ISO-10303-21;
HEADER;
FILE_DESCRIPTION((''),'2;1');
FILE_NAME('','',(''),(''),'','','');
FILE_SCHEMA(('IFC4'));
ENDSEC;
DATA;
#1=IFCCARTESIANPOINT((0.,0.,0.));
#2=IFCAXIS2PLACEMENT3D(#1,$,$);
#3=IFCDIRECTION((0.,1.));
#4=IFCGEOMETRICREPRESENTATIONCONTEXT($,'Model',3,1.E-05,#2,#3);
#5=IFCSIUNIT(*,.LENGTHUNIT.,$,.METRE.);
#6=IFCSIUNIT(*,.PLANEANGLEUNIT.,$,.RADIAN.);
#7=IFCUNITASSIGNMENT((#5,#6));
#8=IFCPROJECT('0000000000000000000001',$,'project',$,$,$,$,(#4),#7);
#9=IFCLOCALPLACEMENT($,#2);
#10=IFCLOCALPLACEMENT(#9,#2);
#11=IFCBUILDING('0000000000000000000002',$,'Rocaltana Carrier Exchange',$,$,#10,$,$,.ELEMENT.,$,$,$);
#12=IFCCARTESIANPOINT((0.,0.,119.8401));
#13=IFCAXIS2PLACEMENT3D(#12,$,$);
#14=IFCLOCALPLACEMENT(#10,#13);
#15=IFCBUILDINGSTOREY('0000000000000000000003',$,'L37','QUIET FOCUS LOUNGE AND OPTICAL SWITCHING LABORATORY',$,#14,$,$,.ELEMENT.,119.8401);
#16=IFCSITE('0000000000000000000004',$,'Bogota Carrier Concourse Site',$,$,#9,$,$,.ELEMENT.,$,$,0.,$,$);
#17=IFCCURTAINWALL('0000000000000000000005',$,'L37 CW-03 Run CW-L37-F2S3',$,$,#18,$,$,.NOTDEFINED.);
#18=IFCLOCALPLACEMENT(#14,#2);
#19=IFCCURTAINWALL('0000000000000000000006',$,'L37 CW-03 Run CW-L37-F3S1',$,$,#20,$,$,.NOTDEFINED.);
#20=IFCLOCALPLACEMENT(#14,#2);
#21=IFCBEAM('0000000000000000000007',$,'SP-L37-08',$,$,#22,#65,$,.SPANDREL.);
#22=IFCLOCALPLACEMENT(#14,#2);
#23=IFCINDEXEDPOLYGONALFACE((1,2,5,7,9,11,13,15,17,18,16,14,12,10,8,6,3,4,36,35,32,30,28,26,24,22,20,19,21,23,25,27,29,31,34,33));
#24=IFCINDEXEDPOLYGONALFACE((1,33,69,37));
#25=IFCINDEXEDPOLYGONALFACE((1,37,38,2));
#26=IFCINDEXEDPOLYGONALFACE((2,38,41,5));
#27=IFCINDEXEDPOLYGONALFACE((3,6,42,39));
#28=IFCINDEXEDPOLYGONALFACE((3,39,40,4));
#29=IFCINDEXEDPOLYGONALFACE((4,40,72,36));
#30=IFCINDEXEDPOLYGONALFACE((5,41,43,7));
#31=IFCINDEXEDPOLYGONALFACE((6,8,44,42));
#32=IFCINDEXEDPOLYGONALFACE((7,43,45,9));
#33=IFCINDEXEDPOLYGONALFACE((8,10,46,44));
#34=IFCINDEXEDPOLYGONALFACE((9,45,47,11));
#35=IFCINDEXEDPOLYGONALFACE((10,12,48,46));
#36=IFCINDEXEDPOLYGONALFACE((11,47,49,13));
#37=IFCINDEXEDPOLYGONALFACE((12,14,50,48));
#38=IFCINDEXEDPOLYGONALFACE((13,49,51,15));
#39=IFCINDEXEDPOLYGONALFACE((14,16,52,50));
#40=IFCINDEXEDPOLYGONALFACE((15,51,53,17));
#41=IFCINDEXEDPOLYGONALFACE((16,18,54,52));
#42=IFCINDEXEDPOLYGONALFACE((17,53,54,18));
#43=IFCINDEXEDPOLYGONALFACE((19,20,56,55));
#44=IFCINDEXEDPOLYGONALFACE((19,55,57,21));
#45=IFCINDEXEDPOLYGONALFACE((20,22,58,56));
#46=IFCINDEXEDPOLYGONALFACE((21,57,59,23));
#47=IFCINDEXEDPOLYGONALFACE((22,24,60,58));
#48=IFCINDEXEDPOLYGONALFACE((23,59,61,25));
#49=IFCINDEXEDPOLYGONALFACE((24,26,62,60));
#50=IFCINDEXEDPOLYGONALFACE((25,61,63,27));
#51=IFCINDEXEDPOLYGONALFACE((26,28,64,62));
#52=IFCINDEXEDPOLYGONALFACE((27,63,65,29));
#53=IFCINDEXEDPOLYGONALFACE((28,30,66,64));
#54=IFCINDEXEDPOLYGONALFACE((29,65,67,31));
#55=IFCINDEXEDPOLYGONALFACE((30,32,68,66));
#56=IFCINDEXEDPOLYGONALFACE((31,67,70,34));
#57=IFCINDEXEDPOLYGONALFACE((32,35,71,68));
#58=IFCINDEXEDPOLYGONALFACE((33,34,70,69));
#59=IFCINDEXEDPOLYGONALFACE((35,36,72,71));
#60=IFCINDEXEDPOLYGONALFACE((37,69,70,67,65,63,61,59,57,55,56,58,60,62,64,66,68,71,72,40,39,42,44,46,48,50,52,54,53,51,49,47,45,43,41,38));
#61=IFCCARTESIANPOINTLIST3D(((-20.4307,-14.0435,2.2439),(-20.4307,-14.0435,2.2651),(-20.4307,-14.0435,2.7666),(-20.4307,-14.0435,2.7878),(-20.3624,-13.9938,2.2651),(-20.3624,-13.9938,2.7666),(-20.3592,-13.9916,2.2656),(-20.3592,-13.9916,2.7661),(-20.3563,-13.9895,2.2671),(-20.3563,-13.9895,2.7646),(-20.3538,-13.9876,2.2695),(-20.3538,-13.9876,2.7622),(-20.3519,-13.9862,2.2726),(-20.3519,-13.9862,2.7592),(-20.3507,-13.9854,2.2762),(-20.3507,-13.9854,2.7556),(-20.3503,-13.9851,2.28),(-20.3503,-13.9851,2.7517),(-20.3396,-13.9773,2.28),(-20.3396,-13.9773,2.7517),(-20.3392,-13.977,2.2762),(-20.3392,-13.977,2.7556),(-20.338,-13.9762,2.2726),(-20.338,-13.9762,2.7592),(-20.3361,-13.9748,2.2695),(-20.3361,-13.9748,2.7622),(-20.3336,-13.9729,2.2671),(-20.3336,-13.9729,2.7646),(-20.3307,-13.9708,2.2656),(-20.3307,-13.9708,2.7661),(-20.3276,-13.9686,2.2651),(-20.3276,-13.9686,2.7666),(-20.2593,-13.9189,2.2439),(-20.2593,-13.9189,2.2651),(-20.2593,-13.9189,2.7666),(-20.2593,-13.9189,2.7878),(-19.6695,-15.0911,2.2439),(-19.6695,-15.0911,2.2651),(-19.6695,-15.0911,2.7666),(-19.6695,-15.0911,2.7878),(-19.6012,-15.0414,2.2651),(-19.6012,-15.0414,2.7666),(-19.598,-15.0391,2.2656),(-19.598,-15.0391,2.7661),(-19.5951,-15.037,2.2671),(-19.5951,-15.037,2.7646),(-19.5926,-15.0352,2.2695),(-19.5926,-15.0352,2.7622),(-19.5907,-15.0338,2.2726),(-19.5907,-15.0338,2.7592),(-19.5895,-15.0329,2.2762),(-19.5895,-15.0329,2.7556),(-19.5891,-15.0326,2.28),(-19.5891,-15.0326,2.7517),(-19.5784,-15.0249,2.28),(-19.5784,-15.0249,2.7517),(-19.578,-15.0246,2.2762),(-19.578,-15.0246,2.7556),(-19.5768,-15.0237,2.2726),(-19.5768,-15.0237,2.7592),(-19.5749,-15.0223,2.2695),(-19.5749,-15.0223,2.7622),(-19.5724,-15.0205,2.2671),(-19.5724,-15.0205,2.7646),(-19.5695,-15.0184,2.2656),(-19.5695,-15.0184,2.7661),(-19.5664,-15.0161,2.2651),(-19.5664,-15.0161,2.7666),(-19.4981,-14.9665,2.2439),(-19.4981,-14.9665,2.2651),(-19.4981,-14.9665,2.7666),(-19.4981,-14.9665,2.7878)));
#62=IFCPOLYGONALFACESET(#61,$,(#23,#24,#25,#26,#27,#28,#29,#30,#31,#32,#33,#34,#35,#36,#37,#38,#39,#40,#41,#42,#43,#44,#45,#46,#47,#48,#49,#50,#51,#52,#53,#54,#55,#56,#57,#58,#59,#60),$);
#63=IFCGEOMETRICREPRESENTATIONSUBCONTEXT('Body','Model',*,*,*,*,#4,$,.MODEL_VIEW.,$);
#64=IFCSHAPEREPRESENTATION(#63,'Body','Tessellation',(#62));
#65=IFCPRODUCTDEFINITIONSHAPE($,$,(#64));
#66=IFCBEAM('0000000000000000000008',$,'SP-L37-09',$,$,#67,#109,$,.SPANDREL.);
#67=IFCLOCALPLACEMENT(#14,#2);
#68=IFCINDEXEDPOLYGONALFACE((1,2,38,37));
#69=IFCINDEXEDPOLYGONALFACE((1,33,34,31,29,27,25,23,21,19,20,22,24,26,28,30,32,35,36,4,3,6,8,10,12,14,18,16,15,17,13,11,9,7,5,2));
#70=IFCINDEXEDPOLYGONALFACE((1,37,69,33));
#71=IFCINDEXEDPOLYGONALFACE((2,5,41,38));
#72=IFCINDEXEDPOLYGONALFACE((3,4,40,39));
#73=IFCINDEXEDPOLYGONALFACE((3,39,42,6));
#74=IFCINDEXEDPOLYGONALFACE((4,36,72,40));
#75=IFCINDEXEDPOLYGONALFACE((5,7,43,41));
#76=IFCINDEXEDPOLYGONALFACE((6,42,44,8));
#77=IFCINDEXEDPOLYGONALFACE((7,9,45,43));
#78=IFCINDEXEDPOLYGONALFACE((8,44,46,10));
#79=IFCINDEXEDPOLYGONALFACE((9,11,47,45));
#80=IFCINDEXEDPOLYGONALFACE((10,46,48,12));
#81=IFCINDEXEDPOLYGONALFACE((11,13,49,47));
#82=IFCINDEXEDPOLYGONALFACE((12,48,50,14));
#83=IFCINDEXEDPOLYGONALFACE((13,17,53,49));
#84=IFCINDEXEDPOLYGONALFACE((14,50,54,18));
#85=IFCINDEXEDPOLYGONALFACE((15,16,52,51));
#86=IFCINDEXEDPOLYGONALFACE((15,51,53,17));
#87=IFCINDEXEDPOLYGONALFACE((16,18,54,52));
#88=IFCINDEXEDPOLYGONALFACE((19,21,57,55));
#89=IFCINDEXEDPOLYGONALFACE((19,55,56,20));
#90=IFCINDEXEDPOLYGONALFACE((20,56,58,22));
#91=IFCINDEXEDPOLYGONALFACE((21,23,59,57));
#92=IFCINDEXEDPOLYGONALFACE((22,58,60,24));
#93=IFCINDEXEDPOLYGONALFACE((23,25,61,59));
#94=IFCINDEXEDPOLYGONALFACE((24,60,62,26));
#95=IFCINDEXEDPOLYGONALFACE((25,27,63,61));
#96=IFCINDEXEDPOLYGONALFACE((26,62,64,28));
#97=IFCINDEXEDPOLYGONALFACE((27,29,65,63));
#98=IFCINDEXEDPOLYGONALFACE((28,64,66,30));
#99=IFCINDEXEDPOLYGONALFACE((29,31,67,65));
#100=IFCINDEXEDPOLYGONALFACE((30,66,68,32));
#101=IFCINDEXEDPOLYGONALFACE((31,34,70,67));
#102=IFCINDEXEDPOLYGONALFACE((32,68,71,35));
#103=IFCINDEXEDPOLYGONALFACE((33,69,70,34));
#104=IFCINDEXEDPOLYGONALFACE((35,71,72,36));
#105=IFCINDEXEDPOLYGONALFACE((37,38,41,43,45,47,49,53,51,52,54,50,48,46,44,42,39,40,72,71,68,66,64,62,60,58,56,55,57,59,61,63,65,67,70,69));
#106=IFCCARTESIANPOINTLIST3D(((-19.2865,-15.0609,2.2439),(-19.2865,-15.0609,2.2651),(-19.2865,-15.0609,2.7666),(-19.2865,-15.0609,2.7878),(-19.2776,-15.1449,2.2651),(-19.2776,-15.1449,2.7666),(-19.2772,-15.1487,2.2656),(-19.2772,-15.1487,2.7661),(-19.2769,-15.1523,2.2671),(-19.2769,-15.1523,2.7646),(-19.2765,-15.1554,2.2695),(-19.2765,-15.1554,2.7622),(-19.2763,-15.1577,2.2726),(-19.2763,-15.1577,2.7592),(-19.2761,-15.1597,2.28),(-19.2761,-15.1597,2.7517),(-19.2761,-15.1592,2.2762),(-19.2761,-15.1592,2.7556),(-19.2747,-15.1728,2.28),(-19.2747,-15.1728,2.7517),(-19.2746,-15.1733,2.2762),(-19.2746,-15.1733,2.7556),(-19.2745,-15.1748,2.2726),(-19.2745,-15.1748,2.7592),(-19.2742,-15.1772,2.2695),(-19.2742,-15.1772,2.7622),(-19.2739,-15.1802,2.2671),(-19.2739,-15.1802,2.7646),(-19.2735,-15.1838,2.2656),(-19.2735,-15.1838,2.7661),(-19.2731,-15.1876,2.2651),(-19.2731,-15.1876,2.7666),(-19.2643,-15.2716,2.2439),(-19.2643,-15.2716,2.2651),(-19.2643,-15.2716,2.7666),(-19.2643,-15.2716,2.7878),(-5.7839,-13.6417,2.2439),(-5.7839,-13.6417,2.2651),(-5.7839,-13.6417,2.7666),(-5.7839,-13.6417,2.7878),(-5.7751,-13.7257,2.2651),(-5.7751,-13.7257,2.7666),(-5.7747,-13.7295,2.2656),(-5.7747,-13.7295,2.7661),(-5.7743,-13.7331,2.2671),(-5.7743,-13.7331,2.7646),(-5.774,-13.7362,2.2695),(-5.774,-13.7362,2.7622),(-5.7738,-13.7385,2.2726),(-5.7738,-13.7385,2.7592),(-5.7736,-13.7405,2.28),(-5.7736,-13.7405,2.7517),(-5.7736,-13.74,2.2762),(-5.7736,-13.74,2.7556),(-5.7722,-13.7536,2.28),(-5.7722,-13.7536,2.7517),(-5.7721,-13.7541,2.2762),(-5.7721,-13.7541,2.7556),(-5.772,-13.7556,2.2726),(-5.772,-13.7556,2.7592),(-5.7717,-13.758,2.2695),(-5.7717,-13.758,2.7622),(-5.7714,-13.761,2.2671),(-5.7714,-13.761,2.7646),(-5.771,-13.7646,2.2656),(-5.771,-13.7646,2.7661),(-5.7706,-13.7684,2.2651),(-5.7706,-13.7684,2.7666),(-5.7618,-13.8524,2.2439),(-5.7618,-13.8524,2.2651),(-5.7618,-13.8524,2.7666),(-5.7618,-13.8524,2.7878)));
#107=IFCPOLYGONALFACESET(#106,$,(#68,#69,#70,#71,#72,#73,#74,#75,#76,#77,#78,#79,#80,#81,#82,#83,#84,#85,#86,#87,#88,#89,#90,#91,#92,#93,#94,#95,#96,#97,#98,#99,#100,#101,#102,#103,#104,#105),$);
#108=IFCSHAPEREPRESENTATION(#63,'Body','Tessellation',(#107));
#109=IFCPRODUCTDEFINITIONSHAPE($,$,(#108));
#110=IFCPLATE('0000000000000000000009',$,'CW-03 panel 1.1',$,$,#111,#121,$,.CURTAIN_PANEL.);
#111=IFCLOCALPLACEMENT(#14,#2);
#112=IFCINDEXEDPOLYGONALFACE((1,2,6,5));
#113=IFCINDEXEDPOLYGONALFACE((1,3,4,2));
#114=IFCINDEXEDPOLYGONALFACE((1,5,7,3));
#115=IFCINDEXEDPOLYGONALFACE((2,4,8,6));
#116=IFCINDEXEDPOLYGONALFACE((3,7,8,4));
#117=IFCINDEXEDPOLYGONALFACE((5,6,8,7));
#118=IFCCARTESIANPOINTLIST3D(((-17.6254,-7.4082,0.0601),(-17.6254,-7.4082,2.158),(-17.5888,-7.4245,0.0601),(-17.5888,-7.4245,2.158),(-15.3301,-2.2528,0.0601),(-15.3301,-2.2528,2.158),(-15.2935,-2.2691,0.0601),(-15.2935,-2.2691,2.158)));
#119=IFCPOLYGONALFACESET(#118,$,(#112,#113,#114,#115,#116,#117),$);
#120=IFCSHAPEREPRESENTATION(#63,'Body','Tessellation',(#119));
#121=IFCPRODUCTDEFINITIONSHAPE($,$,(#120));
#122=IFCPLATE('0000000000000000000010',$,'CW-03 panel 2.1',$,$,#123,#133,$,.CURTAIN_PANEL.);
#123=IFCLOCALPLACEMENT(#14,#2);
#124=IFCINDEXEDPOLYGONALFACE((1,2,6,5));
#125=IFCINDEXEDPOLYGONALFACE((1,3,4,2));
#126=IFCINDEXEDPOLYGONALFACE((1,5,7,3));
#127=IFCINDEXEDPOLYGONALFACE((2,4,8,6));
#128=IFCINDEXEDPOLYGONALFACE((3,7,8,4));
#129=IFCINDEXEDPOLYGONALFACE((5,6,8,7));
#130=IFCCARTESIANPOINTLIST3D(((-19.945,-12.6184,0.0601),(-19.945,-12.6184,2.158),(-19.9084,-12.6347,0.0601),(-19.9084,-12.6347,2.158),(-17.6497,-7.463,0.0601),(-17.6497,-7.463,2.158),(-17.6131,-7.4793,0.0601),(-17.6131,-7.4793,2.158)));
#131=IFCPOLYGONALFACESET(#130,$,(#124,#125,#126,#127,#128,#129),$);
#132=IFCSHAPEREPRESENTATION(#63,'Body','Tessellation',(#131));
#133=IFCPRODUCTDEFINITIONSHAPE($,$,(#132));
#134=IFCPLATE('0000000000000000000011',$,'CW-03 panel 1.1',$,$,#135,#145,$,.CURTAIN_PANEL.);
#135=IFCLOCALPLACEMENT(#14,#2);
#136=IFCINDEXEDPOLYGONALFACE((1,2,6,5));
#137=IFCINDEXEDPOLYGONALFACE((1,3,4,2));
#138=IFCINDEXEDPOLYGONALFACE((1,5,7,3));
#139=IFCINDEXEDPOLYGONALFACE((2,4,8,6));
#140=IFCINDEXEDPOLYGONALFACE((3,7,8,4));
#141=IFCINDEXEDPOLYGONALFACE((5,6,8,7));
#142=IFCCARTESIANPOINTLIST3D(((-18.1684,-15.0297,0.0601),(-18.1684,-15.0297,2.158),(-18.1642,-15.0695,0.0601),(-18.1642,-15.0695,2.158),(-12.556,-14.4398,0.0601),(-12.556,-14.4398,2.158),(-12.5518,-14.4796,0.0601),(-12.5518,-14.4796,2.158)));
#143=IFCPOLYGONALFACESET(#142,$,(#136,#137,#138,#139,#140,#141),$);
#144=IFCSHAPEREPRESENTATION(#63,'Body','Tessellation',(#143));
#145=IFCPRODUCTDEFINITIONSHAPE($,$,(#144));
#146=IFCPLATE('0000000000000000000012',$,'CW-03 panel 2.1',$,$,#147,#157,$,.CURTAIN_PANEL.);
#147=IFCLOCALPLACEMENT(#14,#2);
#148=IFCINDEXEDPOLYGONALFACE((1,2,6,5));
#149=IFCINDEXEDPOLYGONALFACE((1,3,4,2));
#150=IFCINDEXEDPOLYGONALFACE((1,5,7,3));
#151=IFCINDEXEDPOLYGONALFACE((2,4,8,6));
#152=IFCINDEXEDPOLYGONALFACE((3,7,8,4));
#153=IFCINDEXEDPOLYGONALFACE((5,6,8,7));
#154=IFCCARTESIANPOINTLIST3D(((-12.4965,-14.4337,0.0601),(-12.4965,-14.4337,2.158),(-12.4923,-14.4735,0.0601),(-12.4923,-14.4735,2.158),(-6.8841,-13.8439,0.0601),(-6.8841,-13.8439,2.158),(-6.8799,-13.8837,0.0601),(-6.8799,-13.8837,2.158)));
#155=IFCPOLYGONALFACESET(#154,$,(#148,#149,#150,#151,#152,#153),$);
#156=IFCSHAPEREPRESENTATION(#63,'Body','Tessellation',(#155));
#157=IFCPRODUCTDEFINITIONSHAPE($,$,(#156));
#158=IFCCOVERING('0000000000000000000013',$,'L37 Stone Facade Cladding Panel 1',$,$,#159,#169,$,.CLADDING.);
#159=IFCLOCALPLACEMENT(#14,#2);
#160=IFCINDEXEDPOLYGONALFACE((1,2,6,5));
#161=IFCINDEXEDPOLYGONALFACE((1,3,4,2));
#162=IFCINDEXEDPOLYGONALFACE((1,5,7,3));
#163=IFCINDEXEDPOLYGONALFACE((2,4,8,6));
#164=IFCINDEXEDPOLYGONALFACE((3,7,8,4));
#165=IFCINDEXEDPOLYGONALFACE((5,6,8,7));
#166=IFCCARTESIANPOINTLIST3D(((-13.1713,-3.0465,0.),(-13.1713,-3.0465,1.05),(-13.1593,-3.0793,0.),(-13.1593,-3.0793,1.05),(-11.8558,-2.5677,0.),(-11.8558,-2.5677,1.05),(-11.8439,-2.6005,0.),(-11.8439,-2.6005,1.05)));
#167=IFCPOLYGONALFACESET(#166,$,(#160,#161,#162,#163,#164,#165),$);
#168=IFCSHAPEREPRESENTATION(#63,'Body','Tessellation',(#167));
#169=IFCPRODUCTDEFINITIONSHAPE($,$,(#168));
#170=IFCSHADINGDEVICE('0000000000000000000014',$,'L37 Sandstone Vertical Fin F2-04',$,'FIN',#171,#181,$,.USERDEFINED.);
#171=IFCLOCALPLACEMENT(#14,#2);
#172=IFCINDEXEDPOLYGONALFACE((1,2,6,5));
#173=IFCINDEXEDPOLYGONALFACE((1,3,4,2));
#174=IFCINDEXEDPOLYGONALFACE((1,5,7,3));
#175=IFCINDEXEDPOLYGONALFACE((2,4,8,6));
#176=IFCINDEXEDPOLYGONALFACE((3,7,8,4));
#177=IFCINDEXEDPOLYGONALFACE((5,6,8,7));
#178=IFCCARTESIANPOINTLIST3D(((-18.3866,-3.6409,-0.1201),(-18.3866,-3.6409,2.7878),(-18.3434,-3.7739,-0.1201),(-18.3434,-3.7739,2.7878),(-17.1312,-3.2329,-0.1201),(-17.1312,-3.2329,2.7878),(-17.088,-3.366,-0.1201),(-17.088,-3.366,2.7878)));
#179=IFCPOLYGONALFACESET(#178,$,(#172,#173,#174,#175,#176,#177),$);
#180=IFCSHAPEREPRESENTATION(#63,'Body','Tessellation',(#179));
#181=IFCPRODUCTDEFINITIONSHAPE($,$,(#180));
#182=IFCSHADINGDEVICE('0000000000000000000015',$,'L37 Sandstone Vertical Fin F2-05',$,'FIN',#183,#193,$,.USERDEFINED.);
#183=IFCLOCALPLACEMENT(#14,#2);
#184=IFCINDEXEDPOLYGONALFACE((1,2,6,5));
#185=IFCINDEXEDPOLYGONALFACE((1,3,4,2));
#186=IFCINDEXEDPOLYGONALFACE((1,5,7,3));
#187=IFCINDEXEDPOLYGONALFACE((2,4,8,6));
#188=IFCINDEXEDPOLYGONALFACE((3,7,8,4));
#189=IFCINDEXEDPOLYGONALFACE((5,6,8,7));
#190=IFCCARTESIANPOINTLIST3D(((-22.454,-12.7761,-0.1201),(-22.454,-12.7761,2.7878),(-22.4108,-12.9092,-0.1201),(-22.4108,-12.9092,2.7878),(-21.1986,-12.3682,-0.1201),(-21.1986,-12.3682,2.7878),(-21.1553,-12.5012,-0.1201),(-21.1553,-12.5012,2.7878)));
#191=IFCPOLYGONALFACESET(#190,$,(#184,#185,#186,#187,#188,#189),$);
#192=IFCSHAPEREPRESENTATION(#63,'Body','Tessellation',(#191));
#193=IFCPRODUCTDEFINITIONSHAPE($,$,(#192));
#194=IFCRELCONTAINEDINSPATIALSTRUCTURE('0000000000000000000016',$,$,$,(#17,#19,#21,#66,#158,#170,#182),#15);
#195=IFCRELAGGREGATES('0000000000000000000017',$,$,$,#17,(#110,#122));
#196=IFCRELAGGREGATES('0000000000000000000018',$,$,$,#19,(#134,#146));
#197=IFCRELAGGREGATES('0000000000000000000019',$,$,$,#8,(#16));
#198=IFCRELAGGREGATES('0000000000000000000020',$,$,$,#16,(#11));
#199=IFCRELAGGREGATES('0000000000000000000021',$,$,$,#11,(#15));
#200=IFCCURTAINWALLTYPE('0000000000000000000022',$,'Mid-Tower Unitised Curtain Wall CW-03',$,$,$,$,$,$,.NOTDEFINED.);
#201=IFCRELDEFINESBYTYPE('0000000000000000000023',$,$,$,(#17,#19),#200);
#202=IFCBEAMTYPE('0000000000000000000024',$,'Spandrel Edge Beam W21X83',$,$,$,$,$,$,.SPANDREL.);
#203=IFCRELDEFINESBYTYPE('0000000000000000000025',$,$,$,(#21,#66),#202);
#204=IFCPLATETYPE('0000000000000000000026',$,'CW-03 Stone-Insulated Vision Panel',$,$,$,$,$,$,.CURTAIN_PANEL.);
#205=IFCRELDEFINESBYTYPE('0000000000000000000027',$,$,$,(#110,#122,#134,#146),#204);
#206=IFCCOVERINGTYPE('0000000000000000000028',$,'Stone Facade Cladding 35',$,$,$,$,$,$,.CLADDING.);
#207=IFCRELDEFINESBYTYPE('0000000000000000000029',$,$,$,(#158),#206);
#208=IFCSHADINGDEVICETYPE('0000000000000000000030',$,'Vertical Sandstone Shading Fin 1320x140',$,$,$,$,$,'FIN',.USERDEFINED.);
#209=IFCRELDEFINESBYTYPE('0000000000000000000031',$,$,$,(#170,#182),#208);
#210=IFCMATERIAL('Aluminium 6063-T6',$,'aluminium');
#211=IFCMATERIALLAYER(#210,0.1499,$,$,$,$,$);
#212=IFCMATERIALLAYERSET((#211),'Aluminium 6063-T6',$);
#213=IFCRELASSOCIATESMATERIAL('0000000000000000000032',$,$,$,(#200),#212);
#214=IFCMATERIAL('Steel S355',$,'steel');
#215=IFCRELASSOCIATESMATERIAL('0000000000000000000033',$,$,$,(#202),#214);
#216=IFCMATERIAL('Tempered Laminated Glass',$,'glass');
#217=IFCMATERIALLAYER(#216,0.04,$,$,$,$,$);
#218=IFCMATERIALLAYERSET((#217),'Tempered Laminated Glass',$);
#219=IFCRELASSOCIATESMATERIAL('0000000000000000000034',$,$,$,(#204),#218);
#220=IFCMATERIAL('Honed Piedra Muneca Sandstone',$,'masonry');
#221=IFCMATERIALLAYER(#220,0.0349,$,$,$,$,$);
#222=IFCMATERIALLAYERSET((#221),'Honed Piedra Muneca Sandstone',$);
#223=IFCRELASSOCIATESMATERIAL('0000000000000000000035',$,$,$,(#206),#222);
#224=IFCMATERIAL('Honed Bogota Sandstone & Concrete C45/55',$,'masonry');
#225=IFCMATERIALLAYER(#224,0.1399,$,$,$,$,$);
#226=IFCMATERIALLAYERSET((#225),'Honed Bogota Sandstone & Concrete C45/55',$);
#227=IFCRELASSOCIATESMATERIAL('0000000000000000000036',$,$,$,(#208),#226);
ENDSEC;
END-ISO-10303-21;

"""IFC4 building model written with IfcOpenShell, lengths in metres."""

from ifc_helpers import new_model, si_unit, direction, frame, origin, origin_2d, place, context, subcontext, project, spatial, rectangle, i_section, extrude, material, layer, layer_set, material_profile, profile_set, type_object, element, aggregate, save


model = new_model("IFC4")

# Units and contexts
model_context = context("Model", 3, precision=1e-05, world=origin(), true_north=direction((0.0, 1.0)))
body_context = subcontext(model_context, "Body", "Model", "MODEL_VIEW")
ifc_project = project(units=[si_unit("LENGTHUNIT", "METRE"), si_unit("PLANEANGLEUNIT", "RADIAN")], contexts=[model_context])

# Site, building, storey
site_placement = place(None, origin())
site = spatial("IfcSite", under=ifc_project, at=site_placement, Name="Bogota Carrier Concourse Site", CompositionType="ELEMENT", RefElevation=0.0)
building_placement = place(site_placement, origin())
building = spatial("IfcBuilding", under=site, at=building_placement, Name="Rocaltana Carrier Exchange", CompositionType="ELEMENT")
storey_placement = place(building_placement, frame((0.0, 0.0, 119.8401)))
storey = spatial("IfcBuildingStorey", under=building, at=storey_placement, Name="L37", Description="QUIET FOCUS LOUNGE AND OPTICAL SWITCHING LABORATORY", CompositionType="ELEMENT", Elevation=119.8401)

# Curtain walls
ifc_material_1 = material(Name="Aluminium 6063-T6", Category="aluminium")
ifc_layer_1 = layer(ifc_material_1, 0.1499)
ifc_layer_set_1 = layer_set([ifc_layer_1], Name="Aluminium 6063-T6")
curtain_wall_type = type_object("IfcCurtainWallType", Name="Mid-Tower Unitised Curtain Wall CW-03", PredefinedType="NOTDEFINED", material=ifc_layer_set_1)
curtain_wall_1_placement = place(storey_placement, origin())
curtain_wall_1 = element("IfcCurtainWall", 1, at=curtain_wall_1_placement, inside=storey, type_object=curtain_wall_type, Name="L37 CW-03 Run CW-L37-F2S3", PredefinedType="NOTDEFINED")
curtain_wall_2_placement = place(storey_placement, origin())
curtain_wall_2 = element("IfcCurtainWall", 2, at=curtain_wall_2_placement, inside=storey, type_object=curtain_wall_type, Name="L37 CW-03 Run CW-L37-F3S1", PredefinedType="NOTDEFINED")

# Beams
ifc_material_2 = material(Name="Steel S355", Category="steel")
ifc_material_profile_1 = material_profile(ifc_material_2, i_section(OverallWidth=0.2119, OverallDepth=0.5439, WebThickness=0.0132, FlangeThickness=0.0212, FilletRadius=0.0149, at=origin_2d()), Name="W21X83")
ifc_profile_set_1 = profile_set([ifc_material_profile_1], Name="Steel S355")
beam_type_1 = type_object("IfcBeamType", Name="Spandrel Edge Beam W21X83", PredefinedType="SPANDREL", material=ifc_profile_set_1)
beam_1_placement = place(storey_placement, frame((-20.345, -13.9812, 2.5159), z_axis=(0.587835, -0.808981, 0.0), x_axis=(0.808981, 0.587835, 0.0)))
element("IfcBeam", 3, at=beam_1_placement, inside=storey, type_object=beam_type_1, Name="SP-L37-08", PredefinedType="SPANDREL", context=body_context, shape_type="SweptSolid", body=[
    extrude(i_section(OverallWidth=0.2119, OverallDepth=0.5439, WebThickness=0.0132, FlangeThickness=0.0212, FilletRadius=0.0149, at=origin_2d()), origin(), (0.0, 0.0, 1.0), 1.2949),
])
beam_2_placement = place(storey_placement, frame((-19.2754, -15.1663, 2.5159), z_axis=(0.994522, 0.10453, 0.0), x_axis=(-0.10453, 0.994522, 0.0)))
element("IfcBeam", 4, at=beam_2_placement, inside=storey, type_object=beam_type_1, Name="SP-L37-09", PredefinedType="SPANDREL", context=body_context, shape_type="SweptSolid", body=[
    extrude(i_section(OverallWidth=0.2119, OverallDepth=0.5439, WebThickness=0.0132, FlangeThickness=0.0212, FilletRadius=0.0149, at=origin_2d()), origin(), (0.0, 0.0, 1.0), 13.5769),
])

# Plates
ifc_material_3 = material(Name="Tempered Laminated Glass", Category="glass")
ifc_layer_2 = layer(ifc_material_3, 0.04)
ifc_layer_set_2 = layer_set([ifc_layer_2], Name="Tempered Laminated Glass")
plate_type = type_object("IfcPlateType", Name="CW-03 Stone-Insulated Vision Panel", PredefinedType="CURTAIN_PANEL", material=ifc_layer_set_2)
plate_1_placement = place(storey_placement, frame((-16.4595, -4.8386, 0.0601), z_axis=(0.0, 0.0, 1.0), x_axis=(-0.406733, -0.913547, 0.0)))
plate_1 = element("IfcPlate", 5, at=plate_1_placement, type_object=plate_type, Name="CW-03 panel 1.1", PredefinedType="CURTAIN_PANEL", context=body_context, shape_type="SweptSolid", body=[
    extrude(rectangle(XDim=5.6433, YDim=0.04, at=origin_2d()), origin(), (0.0, 0.0, 1.0), 2.0979),
])
plate_2_placement = place(storey_placement, frame((-18.7791, -10.0488, 0.0601), z_axis=(0.0, 0.0, 1.0), x_axis=(-0.406733, -0.913547, 0.0)))
plate_2 = element("IfcPlate", 6, at=plate_2_placement, type_object=plate_type, Name="CW-03 panel 2.1", PredefinedType="CURTAIN_PANEL", context=body_context, shape_type="SweptSolid", body=[
    extrude(rectangle(XDim=5.6433, YDim=0.04, at=origin_2d()), origin(), (0.0, 0.0, 1.0), 2.0979),
])
aggregate(curtain_wall_1, [plate_1, plate_2])
plate_3_placement = place(storey_placement, frame((-15.3601, -14.7546, 0.0601), z_axis=(0.0, 0.0, 1.0), x_axis=(0.994523, 0.104522, 0.0)))
plate_3 = element("IfcPlate", 7, at=plate_3_placement, type_object=plate_type, Name="CW-03 panel 1.1", PredefinedType="CURTAIN_PANEL", context=body_context, shape_type="SweptSolid", body=[
    extrude(rectangle(XDim=5.6433, YDim=0.04, at=origin_2d()), origin(), (0.0, 0.0, 1.0), 2.0979),
])
plate_4_placement = place(storey_placement, frame((-9.6882, -14.1587, 0.0601), z_axis=(0.0, 0.0, 1.0), x_axis=(0.994523, 0.104522, 0.0)))
plate_4 = element("IfcPlate", 8, at=plate_4_placement, type_object=plate_type, Name="CW-03 panel 2.1", PredefinedType="CURTAIN_PANEL", context=body_context, shape_type="SweptSolid", body=[
    extrude(rectangle(XDim=5.6433, YDim=0.04, at=origin_2d()), origin(), (0.0, 0.0, 1.0), 2.0979),
])
aggregate(curtain_wall_2, [plate_3, plate_4])

# Covering
ifc_material_4 = material(Name="Honed Piedra Muneca Sandstone", Category="masonry")
ifc_layer_3 = layer(ifc_material_4, 0.0349)
ifc_layer_set_3 = layer_set([ifc_layer_3], Name="Honed Piedra Muneca Sandstone")
covering_type = type_object("IfcCoveringType", Name="Stone Facade Cladding 35", PredefinedType="CLADDING", material=ifc_layer_set_3)
covering_placement = place(storey_placement, frame((-12.5076, -2.8235, 0.0), z_axis=(0.0, 0.0, 1.0), x_axis=(0.939693, 0.34202, 0.0)))
element("IfcCovering", 9, at=covering_placement, inside=storey, type_object=covering_type, Name="L37 Stone Facade Cladding Panel 1", PredefinedType="CLADDING", context=body_context, shape_type="SweptSolid", body=[
    extrude(rectangle(XDim=1.3999, YDim=0.0349, at=origin_2d()), origin(), (0.0, 0.0, 1.0), 1.05),
])

# Shading devices
ifc_material_5 = material(Name="Honed Bogota Sandstone & Concrete C45/55", Category="masonry")
ifc_layer_4 = layer(ifc_material_5, 0.1399)
ifc_layer_set_4 = layer_set([ifc_layer_4], Name="Honed Bogota Sandstone & Concrete C45/55")
shading_device_type = type_object("IfcShadingDeviceType", Name="Vertical Sandstone Shading Fin 1320x140", ElementType="FIN", PredefinedType="USERDEFINED", material=ifc_layer_set_4)
for number, where, z_axis, x_axis, name in (
    (10, (-17.7373, -3.5034, -0.1201), (0.0, 0.0, 1.0), (-0.951057, -0.309017, 0.0), "L37 Sandstone Vertical Fin F2-04"),
    (11, (-21.8047, -12.6387, -0.1201), (0.0, 0.0, 1.0), (-0.951057, -0.309017, 0.0), "L37 Sandstone Vertical Fin F2-05"),
):
    element("IfcShadingDevice", number, at=place(storey_placement, frame(where, z_axis=z_axis, x_axis=x_axis)), inside=storey, type_object=shading_device_type, Name=name, ObjectType="FIN", PredefinedType="USERDEFINED", context=body_context, shape_type="SweptSolid", body=[
        extrude(rectangle(XDim=1.3201, YDim=0.1399, at=origin_2d()), origin(), (0.0, 0.0, 1.0), 2.908),
    ])

save(model, "model.ifc")
